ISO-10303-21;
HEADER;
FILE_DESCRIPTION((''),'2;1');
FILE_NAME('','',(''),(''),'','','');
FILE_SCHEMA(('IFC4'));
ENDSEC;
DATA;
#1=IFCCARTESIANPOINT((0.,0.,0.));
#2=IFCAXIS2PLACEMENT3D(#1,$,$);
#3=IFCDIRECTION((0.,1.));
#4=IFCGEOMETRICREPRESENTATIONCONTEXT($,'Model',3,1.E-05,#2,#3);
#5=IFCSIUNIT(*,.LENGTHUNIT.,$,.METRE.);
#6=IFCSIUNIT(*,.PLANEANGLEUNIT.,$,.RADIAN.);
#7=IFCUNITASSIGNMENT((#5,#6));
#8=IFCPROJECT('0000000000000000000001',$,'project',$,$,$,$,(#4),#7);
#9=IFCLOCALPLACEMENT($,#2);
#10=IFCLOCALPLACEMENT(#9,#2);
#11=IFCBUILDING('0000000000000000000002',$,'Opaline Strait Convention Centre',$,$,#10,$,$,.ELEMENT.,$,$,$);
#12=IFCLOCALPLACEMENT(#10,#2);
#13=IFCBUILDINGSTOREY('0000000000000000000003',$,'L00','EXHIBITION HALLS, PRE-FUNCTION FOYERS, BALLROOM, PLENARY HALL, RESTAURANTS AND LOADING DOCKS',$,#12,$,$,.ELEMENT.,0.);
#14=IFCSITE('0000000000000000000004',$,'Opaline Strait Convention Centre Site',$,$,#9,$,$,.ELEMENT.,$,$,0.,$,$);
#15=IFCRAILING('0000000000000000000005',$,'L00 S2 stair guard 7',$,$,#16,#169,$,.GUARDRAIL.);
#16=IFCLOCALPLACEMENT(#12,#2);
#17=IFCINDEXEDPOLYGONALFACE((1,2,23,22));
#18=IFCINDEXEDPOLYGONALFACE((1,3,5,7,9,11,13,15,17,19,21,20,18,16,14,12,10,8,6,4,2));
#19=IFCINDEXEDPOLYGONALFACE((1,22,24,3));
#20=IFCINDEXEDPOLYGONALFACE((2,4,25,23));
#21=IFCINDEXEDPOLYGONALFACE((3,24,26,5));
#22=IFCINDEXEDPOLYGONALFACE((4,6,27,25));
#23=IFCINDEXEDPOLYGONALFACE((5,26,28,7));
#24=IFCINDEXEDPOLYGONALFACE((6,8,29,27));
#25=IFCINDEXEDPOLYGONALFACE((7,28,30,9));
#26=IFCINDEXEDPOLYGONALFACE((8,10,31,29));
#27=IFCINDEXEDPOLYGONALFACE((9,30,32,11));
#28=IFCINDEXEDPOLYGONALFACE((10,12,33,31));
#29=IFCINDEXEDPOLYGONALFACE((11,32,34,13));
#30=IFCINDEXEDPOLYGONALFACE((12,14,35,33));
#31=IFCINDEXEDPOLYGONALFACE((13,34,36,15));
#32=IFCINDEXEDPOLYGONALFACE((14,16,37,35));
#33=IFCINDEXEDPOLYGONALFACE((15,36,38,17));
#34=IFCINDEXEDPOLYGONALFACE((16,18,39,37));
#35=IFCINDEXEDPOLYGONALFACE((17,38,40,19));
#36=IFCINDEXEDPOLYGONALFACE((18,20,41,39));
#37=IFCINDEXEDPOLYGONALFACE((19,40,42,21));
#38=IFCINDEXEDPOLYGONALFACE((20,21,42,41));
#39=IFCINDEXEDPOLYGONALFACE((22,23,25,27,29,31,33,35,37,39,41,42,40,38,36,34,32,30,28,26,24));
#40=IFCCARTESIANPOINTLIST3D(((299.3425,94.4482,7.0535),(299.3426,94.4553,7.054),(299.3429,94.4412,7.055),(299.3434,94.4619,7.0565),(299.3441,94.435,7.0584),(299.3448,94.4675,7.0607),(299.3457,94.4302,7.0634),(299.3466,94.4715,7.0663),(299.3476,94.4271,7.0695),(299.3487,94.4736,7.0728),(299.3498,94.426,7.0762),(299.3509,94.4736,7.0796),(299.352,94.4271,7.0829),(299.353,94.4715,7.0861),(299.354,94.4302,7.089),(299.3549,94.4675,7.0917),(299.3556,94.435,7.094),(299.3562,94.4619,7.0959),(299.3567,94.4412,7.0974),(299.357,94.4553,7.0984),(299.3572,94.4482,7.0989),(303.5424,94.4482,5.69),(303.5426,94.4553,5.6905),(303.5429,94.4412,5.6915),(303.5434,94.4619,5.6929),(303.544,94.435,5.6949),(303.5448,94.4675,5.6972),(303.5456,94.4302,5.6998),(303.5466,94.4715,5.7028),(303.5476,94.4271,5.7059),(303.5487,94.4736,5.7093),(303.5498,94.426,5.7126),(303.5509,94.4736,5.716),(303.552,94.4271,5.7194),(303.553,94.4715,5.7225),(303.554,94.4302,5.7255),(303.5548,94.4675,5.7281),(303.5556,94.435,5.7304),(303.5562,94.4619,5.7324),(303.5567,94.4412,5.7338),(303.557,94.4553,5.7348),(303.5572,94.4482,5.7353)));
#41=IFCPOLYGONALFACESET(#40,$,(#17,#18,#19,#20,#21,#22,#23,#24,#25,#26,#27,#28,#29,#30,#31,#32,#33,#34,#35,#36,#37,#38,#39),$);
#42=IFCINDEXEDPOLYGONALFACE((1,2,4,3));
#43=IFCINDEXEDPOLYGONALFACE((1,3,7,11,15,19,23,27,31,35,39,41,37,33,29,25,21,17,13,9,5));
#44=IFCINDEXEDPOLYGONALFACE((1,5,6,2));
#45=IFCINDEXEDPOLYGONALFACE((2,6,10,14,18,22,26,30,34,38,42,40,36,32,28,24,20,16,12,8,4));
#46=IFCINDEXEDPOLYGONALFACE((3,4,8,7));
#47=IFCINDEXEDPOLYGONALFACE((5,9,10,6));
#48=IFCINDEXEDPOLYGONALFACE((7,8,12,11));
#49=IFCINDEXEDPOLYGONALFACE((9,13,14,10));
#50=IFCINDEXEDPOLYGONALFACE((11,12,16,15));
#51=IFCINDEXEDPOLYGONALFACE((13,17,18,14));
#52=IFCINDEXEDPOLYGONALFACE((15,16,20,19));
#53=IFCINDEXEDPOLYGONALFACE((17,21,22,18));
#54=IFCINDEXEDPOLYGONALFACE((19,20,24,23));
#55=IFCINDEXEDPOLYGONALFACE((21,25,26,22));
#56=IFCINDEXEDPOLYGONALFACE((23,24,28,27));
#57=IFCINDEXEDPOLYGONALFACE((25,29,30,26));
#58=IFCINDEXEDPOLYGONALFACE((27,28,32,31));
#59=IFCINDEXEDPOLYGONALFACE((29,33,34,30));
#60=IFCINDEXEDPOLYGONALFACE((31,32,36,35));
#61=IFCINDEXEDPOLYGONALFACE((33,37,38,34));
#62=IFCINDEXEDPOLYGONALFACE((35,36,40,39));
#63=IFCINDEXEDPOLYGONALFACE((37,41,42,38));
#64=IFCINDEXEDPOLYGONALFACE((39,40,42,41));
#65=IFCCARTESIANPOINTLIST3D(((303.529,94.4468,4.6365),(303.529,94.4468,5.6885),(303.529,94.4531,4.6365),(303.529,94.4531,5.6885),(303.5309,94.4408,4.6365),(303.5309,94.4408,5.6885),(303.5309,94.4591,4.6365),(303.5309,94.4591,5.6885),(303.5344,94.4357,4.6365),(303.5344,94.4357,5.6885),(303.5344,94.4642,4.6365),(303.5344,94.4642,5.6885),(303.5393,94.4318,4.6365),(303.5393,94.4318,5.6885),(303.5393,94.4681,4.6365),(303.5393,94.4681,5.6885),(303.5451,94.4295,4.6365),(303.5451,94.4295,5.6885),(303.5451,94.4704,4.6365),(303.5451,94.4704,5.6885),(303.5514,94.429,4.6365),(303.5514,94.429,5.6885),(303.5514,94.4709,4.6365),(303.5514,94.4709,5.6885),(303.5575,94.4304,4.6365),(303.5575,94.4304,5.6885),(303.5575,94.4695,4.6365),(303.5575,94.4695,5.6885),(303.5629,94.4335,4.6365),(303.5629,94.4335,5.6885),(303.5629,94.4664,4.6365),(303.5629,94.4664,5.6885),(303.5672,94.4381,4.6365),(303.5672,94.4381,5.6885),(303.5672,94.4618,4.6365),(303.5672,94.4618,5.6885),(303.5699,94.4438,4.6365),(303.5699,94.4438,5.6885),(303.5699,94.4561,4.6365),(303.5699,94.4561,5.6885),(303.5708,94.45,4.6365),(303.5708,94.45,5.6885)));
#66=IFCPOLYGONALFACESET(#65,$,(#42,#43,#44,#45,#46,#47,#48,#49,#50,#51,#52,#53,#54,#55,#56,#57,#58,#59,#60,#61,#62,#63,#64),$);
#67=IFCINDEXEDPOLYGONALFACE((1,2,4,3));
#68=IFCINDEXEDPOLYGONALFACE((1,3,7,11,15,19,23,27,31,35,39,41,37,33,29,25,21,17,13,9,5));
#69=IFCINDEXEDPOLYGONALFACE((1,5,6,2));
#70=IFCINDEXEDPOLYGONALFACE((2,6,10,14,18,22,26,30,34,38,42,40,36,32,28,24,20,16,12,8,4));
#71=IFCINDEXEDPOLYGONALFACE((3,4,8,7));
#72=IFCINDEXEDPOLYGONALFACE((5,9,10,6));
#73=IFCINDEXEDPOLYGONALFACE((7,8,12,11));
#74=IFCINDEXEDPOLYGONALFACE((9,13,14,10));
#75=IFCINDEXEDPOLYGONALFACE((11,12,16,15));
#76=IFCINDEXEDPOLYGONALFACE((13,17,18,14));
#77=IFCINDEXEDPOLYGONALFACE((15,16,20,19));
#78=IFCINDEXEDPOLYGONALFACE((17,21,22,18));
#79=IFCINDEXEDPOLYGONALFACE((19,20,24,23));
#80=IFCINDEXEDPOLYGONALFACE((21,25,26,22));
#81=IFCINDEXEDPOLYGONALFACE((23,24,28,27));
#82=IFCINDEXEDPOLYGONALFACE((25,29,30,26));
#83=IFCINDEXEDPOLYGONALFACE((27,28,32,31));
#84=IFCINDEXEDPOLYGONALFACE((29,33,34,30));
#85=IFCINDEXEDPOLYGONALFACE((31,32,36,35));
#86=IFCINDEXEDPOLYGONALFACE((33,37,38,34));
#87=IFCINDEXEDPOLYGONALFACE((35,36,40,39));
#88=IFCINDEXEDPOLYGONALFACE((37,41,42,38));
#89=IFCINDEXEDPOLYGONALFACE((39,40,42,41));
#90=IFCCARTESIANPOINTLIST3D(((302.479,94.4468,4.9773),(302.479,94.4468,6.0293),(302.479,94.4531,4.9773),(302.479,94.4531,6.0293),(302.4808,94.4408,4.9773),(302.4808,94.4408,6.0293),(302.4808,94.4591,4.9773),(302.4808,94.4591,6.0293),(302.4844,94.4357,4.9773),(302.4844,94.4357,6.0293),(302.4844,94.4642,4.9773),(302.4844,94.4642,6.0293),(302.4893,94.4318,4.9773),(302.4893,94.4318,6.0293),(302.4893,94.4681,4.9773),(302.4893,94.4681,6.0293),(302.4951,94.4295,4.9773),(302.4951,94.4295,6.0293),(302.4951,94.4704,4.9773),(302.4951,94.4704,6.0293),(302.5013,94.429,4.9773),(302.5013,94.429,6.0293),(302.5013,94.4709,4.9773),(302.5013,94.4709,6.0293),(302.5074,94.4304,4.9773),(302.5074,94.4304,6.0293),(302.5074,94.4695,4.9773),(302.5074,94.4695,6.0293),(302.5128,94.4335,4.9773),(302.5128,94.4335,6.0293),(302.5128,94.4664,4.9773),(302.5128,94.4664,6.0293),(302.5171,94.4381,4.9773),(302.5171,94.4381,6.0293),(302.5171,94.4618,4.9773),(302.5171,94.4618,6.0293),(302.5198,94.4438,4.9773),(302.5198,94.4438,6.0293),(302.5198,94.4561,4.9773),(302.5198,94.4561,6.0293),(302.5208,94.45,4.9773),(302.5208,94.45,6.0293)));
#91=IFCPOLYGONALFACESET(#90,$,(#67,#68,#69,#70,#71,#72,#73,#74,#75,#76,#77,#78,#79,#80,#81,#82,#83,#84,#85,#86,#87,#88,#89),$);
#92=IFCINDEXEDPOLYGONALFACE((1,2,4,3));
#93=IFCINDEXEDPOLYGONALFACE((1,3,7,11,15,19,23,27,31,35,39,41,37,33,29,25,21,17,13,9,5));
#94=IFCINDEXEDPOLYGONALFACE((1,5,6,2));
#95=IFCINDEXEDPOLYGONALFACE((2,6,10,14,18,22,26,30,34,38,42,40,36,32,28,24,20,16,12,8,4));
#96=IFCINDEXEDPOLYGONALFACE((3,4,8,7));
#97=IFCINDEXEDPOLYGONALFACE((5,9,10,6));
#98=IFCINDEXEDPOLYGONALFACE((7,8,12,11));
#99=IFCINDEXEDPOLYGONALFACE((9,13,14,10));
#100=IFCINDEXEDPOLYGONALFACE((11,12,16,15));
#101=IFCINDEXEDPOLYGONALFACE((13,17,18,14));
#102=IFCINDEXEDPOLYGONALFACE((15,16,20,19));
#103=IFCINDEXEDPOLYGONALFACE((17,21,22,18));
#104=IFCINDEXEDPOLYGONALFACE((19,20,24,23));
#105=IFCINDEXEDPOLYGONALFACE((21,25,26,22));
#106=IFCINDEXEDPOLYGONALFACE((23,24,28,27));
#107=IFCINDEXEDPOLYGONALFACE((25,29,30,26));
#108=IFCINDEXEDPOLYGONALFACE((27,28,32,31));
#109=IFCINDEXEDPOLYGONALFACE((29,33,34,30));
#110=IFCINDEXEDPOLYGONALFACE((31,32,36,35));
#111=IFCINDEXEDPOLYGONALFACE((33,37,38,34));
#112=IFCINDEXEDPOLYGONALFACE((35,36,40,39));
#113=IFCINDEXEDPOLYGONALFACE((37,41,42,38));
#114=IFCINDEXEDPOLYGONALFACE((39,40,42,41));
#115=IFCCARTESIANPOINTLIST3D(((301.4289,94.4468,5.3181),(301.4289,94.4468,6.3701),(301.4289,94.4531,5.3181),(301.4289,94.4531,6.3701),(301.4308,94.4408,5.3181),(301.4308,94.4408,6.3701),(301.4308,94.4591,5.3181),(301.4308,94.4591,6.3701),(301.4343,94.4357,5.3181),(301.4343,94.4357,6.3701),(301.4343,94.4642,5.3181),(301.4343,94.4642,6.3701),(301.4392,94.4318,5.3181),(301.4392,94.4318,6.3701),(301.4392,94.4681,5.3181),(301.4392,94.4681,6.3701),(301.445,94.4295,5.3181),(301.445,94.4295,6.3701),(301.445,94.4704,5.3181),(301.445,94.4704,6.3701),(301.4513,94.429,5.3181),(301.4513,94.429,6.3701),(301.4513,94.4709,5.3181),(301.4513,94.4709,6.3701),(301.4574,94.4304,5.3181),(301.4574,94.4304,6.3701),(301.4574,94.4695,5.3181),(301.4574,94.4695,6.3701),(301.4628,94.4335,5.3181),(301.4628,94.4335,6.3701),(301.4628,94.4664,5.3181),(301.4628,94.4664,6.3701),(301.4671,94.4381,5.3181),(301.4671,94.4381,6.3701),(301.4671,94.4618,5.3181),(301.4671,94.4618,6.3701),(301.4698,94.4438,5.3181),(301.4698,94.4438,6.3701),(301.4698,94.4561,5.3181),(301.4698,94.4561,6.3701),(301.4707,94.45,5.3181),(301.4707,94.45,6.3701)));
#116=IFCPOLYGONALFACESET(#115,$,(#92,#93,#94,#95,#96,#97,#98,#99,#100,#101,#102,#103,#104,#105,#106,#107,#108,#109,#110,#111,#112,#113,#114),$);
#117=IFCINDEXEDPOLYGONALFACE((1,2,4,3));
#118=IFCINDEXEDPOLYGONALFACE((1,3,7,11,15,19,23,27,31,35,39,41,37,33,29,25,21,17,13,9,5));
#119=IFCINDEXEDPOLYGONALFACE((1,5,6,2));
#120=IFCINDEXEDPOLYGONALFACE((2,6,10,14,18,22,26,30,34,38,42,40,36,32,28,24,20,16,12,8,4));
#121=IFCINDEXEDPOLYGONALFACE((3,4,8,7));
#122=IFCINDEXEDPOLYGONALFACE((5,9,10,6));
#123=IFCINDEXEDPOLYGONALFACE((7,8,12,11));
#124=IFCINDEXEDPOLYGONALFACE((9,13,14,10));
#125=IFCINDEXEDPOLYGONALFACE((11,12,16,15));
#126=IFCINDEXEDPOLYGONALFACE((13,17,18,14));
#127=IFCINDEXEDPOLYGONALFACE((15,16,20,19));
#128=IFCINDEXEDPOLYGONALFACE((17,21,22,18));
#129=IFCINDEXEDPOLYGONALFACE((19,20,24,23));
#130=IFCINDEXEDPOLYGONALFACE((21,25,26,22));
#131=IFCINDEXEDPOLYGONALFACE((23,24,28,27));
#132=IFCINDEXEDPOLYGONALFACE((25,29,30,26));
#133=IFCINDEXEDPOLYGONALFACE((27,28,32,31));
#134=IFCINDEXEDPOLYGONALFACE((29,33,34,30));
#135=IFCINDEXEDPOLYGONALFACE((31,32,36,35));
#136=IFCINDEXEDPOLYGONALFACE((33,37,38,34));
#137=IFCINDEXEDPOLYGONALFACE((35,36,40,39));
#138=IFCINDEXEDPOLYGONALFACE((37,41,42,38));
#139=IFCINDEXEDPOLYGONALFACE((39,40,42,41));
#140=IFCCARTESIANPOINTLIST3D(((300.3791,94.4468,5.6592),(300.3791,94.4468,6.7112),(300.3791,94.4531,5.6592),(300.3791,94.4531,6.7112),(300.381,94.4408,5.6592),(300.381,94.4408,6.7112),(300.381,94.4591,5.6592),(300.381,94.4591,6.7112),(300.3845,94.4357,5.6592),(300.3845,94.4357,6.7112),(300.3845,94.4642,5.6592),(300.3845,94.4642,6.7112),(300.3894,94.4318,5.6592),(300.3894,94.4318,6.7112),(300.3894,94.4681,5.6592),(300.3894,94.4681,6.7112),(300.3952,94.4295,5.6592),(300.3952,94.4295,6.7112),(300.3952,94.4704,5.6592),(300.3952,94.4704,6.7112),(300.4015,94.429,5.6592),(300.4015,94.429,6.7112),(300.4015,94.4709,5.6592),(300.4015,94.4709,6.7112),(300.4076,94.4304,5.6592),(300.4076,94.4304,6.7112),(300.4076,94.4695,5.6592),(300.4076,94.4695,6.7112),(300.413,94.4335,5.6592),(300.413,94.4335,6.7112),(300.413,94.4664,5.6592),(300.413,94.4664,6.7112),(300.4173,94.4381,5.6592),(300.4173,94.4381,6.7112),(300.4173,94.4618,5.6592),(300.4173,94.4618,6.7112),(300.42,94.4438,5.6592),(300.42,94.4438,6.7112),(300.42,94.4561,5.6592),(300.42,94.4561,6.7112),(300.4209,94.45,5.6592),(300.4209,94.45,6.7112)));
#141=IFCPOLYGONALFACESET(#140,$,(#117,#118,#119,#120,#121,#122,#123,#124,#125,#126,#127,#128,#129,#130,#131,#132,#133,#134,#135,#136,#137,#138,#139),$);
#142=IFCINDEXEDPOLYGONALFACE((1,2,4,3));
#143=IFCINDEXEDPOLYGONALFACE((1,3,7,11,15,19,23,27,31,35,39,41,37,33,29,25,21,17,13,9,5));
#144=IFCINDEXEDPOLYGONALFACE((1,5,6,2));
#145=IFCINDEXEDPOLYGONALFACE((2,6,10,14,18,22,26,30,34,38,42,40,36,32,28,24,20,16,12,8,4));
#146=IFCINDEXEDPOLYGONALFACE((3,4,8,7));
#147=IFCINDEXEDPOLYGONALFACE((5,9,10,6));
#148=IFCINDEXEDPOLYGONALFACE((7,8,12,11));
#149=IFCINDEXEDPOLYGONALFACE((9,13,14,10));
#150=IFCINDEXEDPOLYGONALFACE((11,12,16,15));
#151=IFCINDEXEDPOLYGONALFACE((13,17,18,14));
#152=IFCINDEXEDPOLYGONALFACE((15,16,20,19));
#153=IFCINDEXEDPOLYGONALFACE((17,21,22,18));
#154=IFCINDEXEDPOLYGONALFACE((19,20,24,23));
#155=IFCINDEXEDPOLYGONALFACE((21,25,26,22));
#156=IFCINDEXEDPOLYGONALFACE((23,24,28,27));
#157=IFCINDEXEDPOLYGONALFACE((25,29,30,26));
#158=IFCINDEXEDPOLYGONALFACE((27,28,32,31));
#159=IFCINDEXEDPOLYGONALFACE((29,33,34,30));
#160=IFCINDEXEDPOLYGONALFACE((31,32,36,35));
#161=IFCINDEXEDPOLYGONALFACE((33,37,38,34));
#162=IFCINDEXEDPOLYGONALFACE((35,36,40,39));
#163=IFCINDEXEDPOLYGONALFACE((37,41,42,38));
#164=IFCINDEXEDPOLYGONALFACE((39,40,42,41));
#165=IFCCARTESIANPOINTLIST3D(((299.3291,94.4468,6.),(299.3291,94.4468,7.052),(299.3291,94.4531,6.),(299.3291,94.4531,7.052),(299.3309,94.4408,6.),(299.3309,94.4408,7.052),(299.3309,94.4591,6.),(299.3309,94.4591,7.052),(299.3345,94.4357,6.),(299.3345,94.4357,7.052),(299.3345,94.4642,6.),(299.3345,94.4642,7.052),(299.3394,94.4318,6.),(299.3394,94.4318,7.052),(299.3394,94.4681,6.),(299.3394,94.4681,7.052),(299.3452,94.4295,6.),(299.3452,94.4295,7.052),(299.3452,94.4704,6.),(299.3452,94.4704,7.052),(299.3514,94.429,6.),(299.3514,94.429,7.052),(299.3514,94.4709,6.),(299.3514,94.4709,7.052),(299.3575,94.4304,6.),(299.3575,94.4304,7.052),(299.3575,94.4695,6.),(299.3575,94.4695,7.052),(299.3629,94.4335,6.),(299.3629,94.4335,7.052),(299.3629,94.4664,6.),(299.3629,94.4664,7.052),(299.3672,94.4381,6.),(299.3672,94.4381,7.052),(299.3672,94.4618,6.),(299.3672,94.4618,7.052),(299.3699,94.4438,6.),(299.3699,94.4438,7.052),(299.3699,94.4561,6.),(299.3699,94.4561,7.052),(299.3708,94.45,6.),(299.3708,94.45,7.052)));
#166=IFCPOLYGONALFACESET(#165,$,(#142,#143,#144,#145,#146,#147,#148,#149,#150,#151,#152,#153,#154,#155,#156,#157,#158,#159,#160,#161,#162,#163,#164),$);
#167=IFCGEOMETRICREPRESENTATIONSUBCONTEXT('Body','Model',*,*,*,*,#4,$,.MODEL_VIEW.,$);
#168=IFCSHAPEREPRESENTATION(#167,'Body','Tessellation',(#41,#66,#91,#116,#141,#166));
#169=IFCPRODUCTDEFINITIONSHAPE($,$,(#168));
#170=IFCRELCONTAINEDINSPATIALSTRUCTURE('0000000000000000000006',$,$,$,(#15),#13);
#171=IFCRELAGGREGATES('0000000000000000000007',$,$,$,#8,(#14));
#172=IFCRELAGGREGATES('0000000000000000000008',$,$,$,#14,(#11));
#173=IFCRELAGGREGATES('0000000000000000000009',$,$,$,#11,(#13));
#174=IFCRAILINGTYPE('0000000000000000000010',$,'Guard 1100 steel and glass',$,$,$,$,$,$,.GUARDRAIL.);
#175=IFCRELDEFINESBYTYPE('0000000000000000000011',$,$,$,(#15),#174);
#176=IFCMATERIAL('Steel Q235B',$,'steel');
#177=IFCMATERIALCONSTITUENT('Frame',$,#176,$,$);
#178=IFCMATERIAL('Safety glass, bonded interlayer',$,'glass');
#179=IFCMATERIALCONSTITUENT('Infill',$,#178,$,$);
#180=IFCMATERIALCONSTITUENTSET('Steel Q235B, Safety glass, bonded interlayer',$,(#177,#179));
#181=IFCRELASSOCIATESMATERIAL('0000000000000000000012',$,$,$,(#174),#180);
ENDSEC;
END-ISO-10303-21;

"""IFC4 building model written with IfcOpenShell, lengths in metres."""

from ifc_helpers import new_model, si_unit, direction, frame, origin, origin_2d, place, context, subcontext, project, spatial, circle, extrude, material, constituent, constituent_set, type_object, element, save


model = new_model("IFC4")

# Units and contexts
model_context = context("Model", 3, precision=1e-05, world=origin(), true_north=direction((0.0, 1.0)))
body_context = subcontext(model_context, "Body", "Model", "MODEL_VIEW")
ifc_project = project(units=[si_unit("LENGTHUNIT", "METRE"), si_unit("PLANEANGLEUNIT", "RADIAN")], contexts=[model_context])

# Site, building, storey
site_placement = place(None, origin())
site = spatial("IfcSite", under=ifc_project, at=site_placement, Name="Opaline Strait Convention Centre Site", CompositionType="ELEMENT", RefElevation=0.0)
building_placement = place(site_placement, origin())
building = spatial("IfcBuilding", under=site, at=building_placement, Name="Opaline Strait Convention Centre", CompositionType="ELEMENT")
storey_placement = place(building_placement, origin())
storey = spatial("IfcBuildingStorey", under=building, at=storey_placement, Name="L00", Description="EXHIBITION HALLS, PRE-FUNCTION FOYERS, BALLROOM, PLENARY HALL, RESTAURANTS AND LOADING DOCKS", CompositionType="ELEMENT", Elevation=0.0)

# Railing
ifc_material_1 = material(Name="Steel Q235B", Category="steel")
ifc_constituent_1 = constituent(ifc_material_1, Name="Frame")
ifc_material_2 = material(Name="Safety glass, bonded interlayer", Category="glass")
ifc_constituent_2 = constituent(ifc_material_2, Name="Infill")
ifc_constituent_set = constituent_set(constituents=[ifc_constituent_1, ifc_constituent_2], Name="Steel Q235B, Safety glass, bonded interlayer")
railing_type_1 = type_object("IfcRailingType", Name="Guard 1100 steel and glass", PredefinedType="GUARDRAIL", material=ifc_constituent_set)
railing_1_placement = place(storey_placement, frame((303.5498, 94.45, 4.6365)))
element("IfcRailing", 1, at=railing_1_placement, inside=storey, type_object=railing_type_1, Name="L00 S2 stair guard 7", PredefinedType="GUARDRAIL", context=body_context, shape_type="SweptSolid", body=[
    extrude(circle(Radius=0.0239, at=origin_2d()), frame((0.0, 0.0, 1.0762), z_axis=(-0.951131, 0.0, 0.308787), x_axis=(0.0, -1.0, 0.0)), (0.0, 0.0, 1.0), 4.4158),
    extrude(circle(Radius=0.021, at=origin_2d()), origin(), (0.0, 0.0, 1.0), 1.052),
    extrude(circle(Radius=0.021, at=origin_2d()), frame((-1.05, 0.0, 0.3408)), (0.0, 0.0, 1.0), 1.052),
    extrude(circle(Radius=0.021, at=origin_2d()), frame((-2.1001, 0.0, 0.6816)), (0.0, 0.0, 1.0), 1.052),
    extrude(circle(Radius=0.021, at=origin_2d()), frame((-3.1499, 0.0, 1.0227)), (0.0, 0.0, 1.0), 1.052),
    extrude(circle(Radius=0.021, at=origin_2d()), frame((-4.2, 0.0, 1.3635)), (0.0, 0.0, 1.0), 1.052),
])

save(model, "model.ifc")
